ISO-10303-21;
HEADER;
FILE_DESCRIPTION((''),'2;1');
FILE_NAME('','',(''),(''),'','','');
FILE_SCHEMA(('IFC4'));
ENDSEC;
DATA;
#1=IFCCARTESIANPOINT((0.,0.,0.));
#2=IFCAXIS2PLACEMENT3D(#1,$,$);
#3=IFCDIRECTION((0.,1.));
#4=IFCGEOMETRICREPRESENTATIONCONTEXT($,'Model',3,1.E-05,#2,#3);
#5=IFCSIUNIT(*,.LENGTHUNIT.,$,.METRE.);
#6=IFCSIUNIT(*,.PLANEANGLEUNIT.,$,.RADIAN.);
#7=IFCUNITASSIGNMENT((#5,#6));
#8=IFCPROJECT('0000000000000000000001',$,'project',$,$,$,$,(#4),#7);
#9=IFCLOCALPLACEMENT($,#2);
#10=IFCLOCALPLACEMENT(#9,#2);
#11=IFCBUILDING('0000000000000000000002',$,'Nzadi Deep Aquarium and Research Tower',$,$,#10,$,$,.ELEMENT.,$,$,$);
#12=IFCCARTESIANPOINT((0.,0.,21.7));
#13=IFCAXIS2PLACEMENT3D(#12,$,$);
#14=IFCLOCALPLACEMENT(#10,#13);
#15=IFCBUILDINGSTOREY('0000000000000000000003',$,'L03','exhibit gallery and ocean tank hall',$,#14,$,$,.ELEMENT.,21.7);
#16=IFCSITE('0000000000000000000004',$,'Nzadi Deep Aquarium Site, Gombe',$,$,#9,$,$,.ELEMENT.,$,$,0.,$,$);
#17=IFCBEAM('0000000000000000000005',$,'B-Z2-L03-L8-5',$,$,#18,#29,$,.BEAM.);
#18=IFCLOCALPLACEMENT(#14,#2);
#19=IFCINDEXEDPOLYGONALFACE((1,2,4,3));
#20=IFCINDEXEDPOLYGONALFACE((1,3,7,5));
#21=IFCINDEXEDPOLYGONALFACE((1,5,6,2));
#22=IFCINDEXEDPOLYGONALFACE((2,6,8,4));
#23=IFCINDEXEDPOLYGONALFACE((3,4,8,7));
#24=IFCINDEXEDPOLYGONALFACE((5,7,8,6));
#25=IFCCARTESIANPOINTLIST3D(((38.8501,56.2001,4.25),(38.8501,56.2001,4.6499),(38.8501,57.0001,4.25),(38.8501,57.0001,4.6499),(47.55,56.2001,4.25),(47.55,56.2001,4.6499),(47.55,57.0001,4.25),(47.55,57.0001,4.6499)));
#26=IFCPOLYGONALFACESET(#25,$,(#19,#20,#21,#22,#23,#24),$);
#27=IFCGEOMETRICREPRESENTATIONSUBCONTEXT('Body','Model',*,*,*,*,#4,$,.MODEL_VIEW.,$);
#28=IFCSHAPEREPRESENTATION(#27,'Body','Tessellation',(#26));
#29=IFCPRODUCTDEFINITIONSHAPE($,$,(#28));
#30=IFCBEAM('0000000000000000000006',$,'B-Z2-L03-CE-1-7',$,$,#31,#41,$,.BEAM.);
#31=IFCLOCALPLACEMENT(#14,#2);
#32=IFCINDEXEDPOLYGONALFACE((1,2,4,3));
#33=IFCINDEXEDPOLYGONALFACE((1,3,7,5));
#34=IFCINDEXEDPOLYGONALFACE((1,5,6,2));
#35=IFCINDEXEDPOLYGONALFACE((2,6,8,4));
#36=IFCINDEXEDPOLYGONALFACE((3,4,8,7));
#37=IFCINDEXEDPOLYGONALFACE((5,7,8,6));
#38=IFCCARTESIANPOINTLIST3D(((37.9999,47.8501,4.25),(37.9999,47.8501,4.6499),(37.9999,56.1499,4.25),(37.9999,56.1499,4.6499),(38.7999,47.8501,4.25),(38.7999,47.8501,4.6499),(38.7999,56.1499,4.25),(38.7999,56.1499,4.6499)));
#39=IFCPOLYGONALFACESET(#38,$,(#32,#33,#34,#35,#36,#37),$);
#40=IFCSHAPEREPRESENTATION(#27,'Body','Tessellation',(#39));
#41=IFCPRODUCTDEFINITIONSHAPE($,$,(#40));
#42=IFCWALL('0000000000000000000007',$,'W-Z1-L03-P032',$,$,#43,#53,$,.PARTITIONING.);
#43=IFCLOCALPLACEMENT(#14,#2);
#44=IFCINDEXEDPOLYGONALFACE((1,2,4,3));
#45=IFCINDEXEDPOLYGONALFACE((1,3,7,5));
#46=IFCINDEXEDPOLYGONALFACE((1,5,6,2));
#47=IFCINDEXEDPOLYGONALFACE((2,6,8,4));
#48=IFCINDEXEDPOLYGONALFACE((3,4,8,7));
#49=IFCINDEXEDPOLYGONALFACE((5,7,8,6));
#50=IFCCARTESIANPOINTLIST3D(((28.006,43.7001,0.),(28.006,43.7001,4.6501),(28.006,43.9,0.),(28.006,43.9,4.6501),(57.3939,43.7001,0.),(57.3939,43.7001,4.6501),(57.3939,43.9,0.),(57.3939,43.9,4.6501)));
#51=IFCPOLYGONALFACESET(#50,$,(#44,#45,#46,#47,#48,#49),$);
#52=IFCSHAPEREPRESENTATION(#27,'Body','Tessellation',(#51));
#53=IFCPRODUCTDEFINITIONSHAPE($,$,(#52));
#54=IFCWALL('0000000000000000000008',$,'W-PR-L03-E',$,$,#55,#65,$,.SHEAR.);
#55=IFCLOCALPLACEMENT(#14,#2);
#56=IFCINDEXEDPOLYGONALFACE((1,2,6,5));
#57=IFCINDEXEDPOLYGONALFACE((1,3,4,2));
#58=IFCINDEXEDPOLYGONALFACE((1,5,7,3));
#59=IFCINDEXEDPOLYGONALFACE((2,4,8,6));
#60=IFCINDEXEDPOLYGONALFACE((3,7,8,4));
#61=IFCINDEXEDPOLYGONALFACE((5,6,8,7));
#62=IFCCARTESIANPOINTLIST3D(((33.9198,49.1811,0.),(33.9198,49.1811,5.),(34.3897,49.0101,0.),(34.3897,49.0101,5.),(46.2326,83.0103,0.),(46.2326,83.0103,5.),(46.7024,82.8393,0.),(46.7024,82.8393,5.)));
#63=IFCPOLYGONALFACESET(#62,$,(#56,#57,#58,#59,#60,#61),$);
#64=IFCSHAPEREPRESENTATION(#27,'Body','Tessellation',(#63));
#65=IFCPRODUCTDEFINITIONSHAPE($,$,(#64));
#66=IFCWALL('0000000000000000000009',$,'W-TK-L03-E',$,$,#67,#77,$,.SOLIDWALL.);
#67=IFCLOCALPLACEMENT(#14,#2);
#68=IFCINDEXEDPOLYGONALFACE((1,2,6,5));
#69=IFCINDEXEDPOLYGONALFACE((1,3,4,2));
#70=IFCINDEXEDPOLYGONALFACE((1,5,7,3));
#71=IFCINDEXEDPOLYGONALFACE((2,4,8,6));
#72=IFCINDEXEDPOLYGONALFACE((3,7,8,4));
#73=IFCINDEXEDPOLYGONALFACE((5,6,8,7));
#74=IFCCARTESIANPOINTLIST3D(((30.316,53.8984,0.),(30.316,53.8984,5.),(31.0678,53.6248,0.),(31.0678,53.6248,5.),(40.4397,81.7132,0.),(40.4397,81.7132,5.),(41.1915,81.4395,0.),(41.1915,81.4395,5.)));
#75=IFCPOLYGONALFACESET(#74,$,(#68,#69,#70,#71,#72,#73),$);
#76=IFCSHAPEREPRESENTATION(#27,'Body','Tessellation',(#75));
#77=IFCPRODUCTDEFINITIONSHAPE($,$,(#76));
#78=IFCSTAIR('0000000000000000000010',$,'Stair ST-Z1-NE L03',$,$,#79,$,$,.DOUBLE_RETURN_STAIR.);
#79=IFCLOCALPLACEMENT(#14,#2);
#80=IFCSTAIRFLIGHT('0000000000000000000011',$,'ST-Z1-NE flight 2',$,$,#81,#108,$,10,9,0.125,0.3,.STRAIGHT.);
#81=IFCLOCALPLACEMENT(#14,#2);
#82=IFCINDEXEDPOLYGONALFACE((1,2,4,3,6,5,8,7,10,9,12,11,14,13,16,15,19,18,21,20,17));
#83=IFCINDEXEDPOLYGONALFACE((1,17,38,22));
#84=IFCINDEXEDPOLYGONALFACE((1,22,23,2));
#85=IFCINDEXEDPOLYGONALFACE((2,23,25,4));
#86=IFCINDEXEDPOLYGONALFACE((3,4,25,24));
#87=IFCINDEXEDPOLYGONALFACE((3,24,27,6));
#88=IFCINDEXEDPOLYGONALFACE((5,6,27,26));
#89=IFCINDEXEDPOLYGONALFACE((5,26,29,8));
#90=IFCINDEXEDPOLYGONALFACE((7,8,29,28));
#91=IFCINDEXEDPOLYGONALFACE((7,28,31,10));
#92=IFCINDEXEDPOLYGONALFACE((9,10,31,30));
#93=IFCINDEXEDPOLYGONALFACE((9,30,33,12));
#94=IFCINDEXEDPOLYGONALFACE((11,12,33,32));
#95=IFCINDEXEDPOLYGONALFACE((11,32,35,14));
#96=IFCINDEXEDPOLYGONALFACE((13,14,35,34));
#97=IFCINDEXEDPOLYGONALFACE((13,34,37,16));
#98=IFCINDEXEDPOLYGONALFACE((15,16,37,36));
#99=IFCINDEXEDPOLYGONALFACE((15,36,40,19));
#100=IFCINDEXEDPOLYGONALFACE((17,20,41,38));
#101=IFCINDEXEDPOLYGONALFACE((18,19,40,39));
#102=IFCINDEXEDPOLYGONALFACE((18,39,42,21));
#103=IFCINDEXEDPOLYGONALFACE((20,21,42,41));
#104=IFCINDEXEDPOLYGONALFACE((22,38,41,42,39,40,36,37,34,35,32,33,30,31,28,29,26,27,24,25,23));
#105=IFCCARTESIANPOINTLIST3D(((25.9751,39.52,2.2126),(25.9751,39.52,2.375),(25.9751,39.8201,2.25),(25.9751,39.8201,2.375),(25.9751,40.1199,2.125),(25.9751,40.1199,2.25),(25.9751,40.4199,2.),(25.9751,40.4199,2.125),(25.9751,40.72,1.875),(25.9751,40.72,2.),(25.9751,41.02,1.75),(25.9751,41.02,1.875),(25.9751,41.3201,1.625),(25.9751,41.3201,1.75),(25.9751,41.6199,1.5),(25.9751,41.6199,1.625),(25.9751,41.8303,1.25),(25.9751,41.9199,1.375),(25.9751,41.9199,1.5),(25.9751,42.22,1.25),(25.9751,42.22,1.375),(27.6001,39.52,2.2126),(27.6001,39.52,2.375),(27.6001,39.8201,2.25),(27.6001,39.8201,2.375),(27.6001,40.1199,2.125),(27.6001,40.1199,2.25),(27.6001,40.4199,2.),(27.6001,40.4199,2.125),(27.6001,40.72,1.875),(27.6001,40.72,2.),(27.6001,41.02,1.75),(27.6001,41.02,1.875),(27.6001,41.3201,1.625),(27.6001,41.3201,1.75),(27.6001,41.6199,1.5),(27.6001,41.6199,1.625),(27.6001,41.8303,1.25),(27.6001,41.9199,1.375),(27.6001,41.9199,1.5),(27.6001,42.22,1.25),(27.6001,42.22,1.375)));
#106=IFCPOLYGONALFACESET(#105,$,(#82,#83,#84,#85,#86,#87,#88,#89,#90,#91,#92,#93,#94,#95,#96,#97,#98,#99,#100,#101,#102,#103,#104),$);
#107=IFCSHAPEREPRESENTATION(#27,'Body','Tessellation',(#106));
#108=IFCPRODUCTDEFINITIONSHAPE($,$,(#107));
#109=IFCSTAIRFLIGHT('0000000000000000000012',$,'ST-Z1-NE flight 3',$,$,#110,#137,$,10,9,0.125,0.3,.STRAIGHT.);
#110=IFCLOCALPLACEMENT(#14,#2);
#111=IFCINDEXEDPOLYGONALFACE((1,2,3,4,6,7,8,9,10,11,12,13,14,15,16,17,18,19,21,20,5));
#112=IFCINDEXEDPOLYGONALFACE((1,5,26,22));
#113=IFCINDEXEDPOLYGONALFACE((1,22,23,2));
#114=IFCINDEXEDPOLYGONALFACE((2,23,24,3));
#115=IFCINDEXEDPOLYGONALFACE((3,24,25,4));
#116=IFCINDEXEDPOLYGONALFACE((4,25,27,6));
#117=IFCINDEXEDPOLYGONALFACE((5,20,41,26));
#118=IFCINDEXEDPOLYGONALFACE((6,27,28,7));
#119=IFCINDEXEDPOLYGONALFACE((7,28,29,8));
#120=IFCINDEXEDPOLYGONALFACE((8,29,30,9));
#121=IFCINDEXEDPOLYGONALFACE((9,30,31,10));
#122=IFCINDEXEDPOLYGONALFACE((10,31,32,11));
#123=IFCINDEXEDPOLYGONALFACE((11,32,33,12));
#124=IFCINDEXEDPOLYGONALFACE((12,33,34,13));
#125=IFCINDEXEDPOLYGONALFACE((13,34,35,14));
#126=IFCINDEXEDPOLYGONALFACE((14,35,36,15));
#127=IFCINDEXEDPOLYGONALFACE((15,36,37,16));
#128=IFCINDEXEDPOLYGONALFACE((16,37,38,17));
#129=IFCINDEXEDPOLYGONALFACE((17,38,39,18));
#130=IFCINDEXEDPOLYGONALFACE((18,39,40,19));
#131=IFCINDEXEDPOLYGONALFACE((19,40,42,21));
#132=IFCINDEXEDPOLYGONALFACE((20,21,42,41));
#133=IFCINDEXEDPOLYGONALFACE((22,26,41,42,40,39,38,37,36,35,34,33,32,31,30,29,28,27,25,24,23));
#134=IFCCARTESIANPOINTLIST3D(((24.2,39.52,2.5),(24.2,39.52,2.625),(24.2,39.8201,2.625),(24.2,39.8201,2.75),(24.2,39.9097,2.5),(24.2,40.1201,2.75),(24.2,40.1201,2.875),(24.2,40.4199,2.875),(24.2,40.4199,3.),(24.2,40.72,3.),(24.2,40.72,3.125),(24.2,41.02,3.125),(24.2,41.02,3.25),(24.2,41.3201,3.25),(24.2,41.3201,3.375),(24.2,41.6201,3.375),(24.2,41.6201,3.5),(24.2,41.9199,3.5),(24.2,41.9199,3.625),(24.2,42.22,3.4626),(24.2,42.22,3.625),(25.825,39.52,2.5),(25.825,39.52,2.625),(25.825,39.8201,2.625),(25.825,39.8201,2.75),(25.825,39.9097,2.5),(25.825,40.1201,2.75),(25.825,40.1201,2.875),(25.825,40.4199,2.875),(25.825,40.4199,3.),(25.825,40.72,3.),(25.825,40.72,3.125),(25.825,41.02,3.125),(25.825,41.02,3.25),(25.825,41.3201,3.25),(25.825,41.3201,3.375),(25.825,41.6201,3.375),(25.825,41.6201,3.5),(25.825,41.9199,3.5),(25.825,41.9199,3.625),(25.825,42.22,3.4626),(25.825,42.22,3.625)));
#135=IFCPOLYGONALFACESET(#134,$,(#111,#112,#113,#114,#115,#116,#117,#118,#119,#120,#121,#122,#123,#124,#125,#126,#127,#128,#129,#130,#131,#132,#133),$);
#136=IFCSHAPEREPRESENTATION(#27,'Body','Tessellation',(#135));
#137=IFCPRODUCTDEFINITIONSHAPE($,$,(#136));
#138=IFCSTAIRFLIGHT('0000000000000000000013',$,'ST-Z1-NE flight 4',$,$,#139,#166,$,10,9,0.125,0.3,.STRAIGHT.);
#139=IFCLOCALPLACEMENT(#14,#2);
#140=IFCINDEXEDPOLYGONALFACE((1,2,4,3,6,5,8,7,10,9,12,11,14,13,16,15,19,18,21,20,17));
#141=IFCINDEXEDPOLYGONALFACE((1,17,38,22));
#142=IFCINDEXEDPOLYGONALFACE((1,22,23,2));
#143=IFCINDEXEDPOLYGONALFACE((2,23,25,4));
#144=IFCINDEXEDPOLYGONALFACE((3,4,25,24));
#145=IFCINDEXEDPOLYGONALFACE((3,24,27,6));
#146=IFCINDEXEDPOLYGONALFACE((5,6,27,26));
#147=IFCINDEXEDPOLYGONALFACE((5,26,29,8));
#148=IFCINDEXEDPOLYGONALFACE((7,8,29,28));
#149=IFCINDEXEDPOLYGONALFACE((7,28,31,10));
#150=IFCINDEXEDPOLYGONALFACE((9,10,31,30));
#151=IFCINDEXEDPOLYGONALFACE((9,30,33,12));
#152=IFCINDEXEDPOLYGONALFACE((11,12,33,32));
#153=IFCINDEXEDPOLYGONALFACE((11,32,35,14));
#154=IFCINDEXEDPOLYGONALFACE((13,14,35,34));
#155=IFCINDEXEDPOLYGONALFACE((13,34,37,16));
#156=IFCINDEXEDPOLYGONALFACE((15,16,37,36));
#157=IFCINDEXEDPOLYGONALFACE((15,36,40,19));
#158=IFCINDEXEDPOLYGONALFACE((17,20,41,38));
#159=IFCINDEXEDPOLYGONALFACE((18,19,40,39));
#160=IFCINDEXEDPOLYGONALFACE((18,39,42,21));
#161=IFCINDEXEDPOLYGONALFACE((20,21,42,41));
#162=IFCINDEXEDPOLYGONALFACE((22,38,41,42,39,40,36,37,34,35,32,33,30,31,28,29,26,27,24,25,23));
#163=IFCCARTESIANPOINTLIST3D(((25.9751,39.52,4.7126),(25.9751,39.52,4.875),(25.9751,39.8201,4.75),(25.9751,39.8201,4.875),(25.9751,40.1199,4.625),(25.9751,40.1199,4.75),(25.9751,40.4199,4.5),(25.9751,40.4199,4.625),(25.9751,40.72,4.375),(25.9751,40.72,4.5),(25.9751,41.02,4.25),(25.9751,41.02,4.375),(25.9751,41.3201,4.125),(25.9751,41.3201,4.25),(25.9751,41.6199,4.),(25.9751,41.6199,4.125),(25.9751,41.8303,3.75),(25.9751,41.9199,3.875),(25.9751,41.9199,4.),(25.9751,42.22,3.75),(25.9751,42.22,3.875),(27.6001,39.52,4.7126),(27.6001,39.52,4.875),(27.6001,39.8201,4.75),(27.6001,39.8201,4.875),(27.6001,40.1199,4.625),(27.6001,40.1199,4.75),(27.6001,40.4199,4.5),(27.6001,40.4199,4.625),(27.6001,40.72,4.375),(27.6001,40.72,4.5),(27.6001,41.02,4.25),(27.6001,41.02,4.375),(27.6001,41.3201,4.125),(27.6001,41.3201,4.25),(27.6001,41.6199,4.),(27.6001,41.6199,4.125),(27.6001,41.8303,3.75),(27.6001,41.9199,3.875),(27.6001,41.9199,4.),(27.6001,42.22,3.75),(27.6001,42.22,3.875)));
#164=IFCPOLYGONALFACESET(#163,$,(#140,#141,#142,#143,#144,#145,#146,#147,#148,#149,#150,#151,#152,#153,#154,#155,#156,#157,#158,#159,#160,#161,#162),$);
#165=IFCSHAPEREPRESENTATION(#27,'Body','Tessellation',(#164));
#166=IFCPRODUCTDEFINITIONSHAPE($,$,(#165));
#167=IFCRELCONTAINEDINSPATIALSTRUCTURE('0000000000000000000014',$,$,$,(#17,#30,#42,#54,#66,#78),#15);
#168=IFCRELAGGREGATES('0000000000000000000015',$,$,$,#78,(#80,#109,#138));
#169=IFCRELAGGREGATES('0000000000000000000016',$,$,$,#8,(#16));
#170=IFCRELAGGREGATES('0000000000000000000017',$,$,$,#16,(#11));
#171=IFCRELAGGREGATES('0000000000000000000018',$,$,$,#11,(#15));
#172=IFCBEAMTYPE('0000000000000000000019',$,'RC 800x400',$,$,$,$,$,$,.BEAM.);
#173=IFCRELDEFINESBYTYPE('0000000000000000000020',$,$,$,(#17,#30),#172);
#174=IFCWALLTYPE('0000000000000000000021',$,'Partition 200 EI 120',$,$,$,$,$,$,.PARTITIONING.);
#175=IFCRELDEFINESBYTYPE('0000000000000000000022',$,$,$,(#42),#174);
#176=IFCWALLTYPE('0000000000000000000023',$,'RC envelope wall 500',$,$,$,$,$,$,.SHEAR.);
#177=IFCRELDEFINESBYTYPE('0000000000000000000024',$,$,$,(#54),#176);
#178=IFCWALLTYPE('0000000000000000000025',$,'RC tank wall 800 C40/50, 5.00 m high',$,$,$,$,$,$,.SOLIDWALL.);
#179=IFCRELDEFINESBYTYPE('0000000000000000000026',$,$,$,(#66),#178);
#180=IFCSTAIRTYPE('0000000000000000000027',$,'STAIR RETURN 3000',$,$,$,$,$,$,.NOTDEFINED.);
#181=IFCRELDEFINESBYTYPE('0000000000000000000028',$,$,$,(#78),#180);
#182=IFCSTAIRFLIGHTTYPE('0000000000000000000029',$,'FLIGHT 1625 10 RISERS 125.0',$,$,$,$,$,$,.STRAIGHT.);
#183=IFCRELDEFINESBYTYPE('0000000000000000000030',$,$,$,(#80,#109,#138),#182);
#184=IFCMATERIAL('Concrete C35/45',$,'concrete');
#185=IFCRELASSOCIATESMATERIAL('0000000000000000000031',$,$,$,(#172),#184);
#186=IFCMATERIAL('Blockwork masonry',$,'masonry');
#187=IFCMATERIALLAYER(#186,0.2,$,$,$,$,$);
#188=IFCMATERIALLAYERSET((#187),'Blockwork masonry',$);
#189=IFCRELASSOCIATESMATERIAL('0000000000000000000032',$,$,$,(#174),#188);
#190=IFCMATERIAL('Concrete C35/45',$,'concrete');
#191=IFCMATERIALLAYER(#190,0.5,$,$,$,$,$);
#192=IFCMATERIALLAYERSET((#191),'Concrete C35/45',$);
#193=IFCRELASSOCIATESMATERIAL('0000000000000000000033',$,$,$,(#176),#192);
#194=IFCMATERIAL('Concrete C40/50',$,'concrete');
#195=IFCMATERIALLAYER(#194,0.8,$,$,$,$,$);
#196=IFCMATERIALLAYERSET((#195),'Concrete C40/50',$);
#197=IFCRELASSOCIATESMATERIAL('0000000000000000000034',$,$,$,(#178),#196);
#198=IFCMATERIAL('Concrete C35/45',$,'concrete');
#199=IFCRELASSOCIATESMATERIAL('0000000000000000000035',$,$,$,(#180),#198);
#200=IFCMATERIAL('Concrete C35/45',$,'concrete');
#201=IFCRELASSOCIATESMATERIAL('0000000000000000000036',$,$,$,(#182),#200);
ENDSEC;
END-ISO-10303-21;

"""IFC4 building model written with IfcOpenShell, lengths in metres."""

from ifc_helpers import new_model, si_unit, direction, frame, frame_2d, origin, origin_2d, place, context, subcontext, project, spatial, polyline, rectangle, outline, extrude, material, layer, layer_set, material_profile, profile_set, type_object, element, aggregate, save


model = new_model("IFC4")

# Units and contexts
model_context = context("Model", 3, precision=1e-05, world=origin(), true_north=direction((0.0, 1.0)))
body_context = subcontext(model_context, "Body", "Model", "MODEL_VIEW")
ifc_project = project(units=[si_unit("LENGTHUNIT", "METRE"), si_unit("PLANEANGLEUNIT", "RADIAN")], contexts=[model_context])

# Site, building, storey
site_placement = place(None, origin())
site = spatial("IfcSite", under=ifc_project, at=site_placement, Name="Nzadi Deep Aquarium Site, Gombe", CompositionType="ELEMENT", RefElevation=0.0)
building_placement = place(site_placement, origin())
building = spatial("IfcBuilding", under=site, at=building_placement, Name="Nzadi Deep Aquarium and Research Tower", CompositionType="ELEMENT")
storey_placement = place(building_placement, frame((0.0, 0.0, 21.7)))
storey = spatial("IfcBuildingStorey", under=building, at=storey_placement, Name="L03", Description="exhibit gallery and ocean tank hall", CompositionType="ELEMENT", Elevation=21.7)

# Beams
ifc_material_1 = material(Name="Concrete C35/45", Category="concrete")
ifc_material_profile_1 = material_profile(ifc_material_1, rectangle(XDim=0.8, YDim=0.3999, at=origin_2d()))
ifc_profile_set_1 = profile_set([ifc_material_profile_1], Name="Concrete C35/45")
beam_type_1 = type_object("IfcBeamType", Name="RC 800x400", PredefinedType="BEAM", material=ifc_profile_set_1)
beam_1_placement = place(storey_placement, frame((38.8501, 56.6001, 4.45), z_axis=(1.0, 0.0, 0.0), x_axis=(0.0, 1.0, 0.0)))
element("IfcBeam", 1, at=beam_1_placement, inside=storey, type_object=beam_type_1, Name="B-Z2-L03-L8-5", PredefinedType="BEAM", context=body_context, shape_type="SweptSolid", body=[
    extrude(rectangle(XDim=0.8, YDim=0.3999, at=origin_2d()), origin(), (0.0, 0.0, 1.0), 8.7),
])
beam_2_placement = place(storey_placement, frame((38.3999, 47.8501, 4.45), z_axis=(0.0, 1.0, 0.0), x_axis=(-1.0, 0.0, 0.0)))
element("IfcBeam", 2, at=beam_2_placement, inside=storey, type_object=beam_type_1, Name="B-Z2-L03-CE-1-7", PredefinedType="BEAM", context=body_context, shape_type="SweptSolid", body=[
    extrude(rectangle(XDim=0.8, YDim=0.3999, at=origin_2d()), origin(), (0.0, 0.0, 1.0), 8.2998),
])

# Walls
ifc_material_2 = material(Name="Blockwork masonry", Category="masonry")
ifc_layer_1 = layer(ifc_material_2, 0.2)
ifc_layer_set_1 = layer_set([ifc_layer_1], Name="Blockwork masonry")
wall_type_1 = type_object("IfcWallType", Name="Partition 200 EI 120", PredefinedType="PARTITIONING", material=ifc_layer_set_1)
wall_1_placement = place(storey_placement, frame((28.0061, 43.8, 0.0), z_axis=(0.0, 0.0, 1.0), x_axis=(1.0, 0.0, 0.0)))
element("IfcWall", 3, at=wall_1_placement, inside=storey, type_object=wall_type_1, Name="W-Z1-L03-P032", PredefinedType="PARTITIONING", context=body_context, shape_type="SweptSolid", body=[
    extrude(rectangle(XDim=29.3879, YDim=0.2, at=frame_2d((14.6938, 0.0))), origin(), (0.0, 0.0, 1.0), 4.6501),
])
ifc_material_3 = material(Name="Concrete C35/45", Category="concrete")
ifc_layer_2 = layer(ifc_material_3, 0.5)
ifc_layer_set_2 = layer_set([ifc_layer_2], Name="Concrete C35/45")
wall_type_2 = type_object("IfcWallType", Name="RC envelope wall 500", PredefinedType="SHEAR", material=ifc_layer_set_2)
wall_2_placement = place(storey_placement, frame((34.1548, 49.0957, 0.0), z_axis=(0.0, 0.0, 1.0), x_axis=(0.342019, 0.939693, 0.0)))
element("IfcWall", 4, at=wall_2_placement, inside=storey, type_object=wall_type_2, Name="W-PR-L03-E", PredefinedType="SHEAR", context=body_context, shape_type="SweptSolid", body=[
    extrude(rectangle(XDim=36.0002, YDim=0.5, at=frame_2d((18.0, 0.0))), origin(), (0.0, 0.0, 1.0), 5.0),
])
ifc_material_4 = material(Name="Concrete C40/50", Category="concrete")
ifc_layer_3 = layer(ifc_material_4, 0.8)
ifc_layer_set_3 = layer_set([ifc_layer_3], Name="Concrete C40/50")
wall_type_3 = type_object("IfcWallType", Name="RC tank wall 800 C40/50, 5.00 m high", PredefinedType="SOLIDWALL", material=ifc_layer_set_3)
wall_3_placement = place(storey_placement, frame((30.6919, 53.7617, 0.0), z_axis=(0.0, 0.0, 1.0), x_axis=(0.342022, 0.939692, 0.0)))
element("IfcWall", 5, at=wall_3_placement, inside=storey, type_object=wall_type_3, Name="W-TK-L03-E", PredefinedType="SOLIDWALL", context=body_context, shape_type="SweptSolid", body=[
    extrude(rectangle(XDim=29.5999, YDim=0.8, at=frame_2d((14.7998, 0.0))), origin(), (0.0, 0.0, 1.0), 5.0),
])

# Stair, stair flights
ifc_material_5 = material(Name="Concrete C35/45", Category="concrete")
stair_type = type_object("IfcStairType", Name="STAIR RETURN 3000", PredefinedType="NOTDEFINED", material=ifc_material_5)
stair_placement = place(storey_placement, origin())
stair = element("IfcStair", 6, at=stair_placement, inside=storey, type_object=stair_type, Name="Stair ST-Z1-NE L03", PredefinedType="DOUBLE_RETURN_STAIR")
ifc_material_6 = material(Name="Concrete C35/45", Category="concrete")
stair_flight_type = type_object("IfcStairFlightType", Name="FLIGHT 1625 10 RISERS 125.0", PredefinedType="STRAIGHT", material=ifc_material_6)
stair_flight_1_placement = place(storey_placement, frame((26.7876, 42.22, 1.25), z_axis=(0.0, 0.0, 1.0), x_axis=(0.0, -1.0, 0.0)))
stair_flight_1 = element("IfcStairFlight", 7, at=stair_flight_1_placement, type_object=stair_flight_type, Name="ST-Z1-NE flight 2", NumberOfRisers=10, NumberOfTreads=9, PredefinedType="STRAIGHT", RiserHeight=0.125, TreadLength=0.3, context=body_context, shape_type="SweptSolid", body=[
    extrude(outline(polyline([(0.0, 0.0), (0.0, 0.125), (0.3, 0.125), (0.3, 0.25), (0.6001, 0.25), (0.6001, 0.375), (0.8999, 0.375), (0.8999, 0.5), (1.2, 0.5), (1.2, 0.625), (1.5, 0.625), (1.5, 0.75), (1.8, 0.75), (1.8, 0.875), (2.1001, 0.875), (2.1001, 1.0), (2.3999, 1.0), (2.3999, 1.125), (2.7, 1.125), (2.7, 1.25), (2.7, 0.9626), (0.3896, 0.0), (0.0, 0.0)])), frame((0.0, 0.8125, 0.0), z_axis=(0.0, -1.0, 0.0), x_axis=(1.0, 0.0, 0.0)), (0.0, 0.0, 1.0), 1.625),
])
stair_flight_2_placement = place(storey_placement, frame((25.0125, 39.52, 2.5), z_axis=(0.0, 0.0, 1.0), x_axis=(0.0, 1.0, 0.0)))
stair_flight_2 = element("IfcStairFlight", 8, at=stair_flight_2_placement, type_object=stair_flight_type, Name="ST-Z1-NE flight 3", NumberOfRisers=10, NumberOfTreads=9, PredefinedType="STRAIGHT", RiserHeight=0.125, TreadLength=0.3, context=body_context, shape_type="SweptSolid", body=[
    extrude(outline(polyline([(0.0, 0.0), (0.0, 0.125), (0.3, 0.125), (0.3, 0.25), (0.6001, 0.25), (0.6001, 0.375), (0.8999, 0.375), (0.8999, 0.5), (1.2, 0.5), (1.2, 0.625), (1.5, 0.625), (1.5, 0.75), (1.8, 0.75), (1.8, 0.875), (2.1001, 0.875), (2.1001, 1.0), (2.3999, 1.0), (2.3999, 1.125), (2.7, 1.125), (2.7, 1.25), (2.7, 0.9626), (0.3896, 0.0), (0.0, 0.0)])), frame((0.0, 0.8125, 0.0), z_axis=(0.0, -1.0, 0.0), x_axis=(1.0, 0.0, 0.0)), (0.0, 0.0, 1.0), 1.625),
])
stair_flight_3_placement = place(storey_placement, frame((26.7876, 42.22, 3.75), z_axis=(0.0, 0.0, 1.0), x_axis=(0.0, -1.0, 0.0)))
stair_flight_3 = element("IfcStairFlight", 9, at=stair_flight_3_placement, type_object=stair_flight_type, Name="ST-Z1-NE flight 4", NumberOfRisers=10, NumberOfTreads=9, PredefinedType="STRAIGHT", RiserHeight=0.125, TreadLength=0.3, context=body_context, shape_type="SweptSolid", body=[
    extrude(outline(polyline([(0.0, 0.0), (0.0, 0.125), (0.3, 0.125), (0.3, 0.25), (0.6001, 0.25), (0.6001, 0.375), (0.8999, 0.375), (0.8999, 0.5), (1.2, 0.5), (1.2, 0.625), (1.5, 0.625), (1.5, 0.75), (1.8, 0.75), (1.8, 0.875), (2.1001, 0.875), (2.1001, 1.0), (2.3999, 1.0), (2.3999, 1.125), (2.7, 1.125), (2.7, 1.25), (2.7, 0.9626), (0.3896, 0.0), (0.0, 0.0)])), frame((0.0, 0.8125, 0.0), z_axis=(0.0, -1.0, 0.0), x_axis=(1.0, 0.0, 0.0)), (0.0, 0.0, 1.0), 1.625),
])
aggregate(stair, [stair_flight_1, stair_flight_2, stair_flight_3])

save(model, "model.ifc")
